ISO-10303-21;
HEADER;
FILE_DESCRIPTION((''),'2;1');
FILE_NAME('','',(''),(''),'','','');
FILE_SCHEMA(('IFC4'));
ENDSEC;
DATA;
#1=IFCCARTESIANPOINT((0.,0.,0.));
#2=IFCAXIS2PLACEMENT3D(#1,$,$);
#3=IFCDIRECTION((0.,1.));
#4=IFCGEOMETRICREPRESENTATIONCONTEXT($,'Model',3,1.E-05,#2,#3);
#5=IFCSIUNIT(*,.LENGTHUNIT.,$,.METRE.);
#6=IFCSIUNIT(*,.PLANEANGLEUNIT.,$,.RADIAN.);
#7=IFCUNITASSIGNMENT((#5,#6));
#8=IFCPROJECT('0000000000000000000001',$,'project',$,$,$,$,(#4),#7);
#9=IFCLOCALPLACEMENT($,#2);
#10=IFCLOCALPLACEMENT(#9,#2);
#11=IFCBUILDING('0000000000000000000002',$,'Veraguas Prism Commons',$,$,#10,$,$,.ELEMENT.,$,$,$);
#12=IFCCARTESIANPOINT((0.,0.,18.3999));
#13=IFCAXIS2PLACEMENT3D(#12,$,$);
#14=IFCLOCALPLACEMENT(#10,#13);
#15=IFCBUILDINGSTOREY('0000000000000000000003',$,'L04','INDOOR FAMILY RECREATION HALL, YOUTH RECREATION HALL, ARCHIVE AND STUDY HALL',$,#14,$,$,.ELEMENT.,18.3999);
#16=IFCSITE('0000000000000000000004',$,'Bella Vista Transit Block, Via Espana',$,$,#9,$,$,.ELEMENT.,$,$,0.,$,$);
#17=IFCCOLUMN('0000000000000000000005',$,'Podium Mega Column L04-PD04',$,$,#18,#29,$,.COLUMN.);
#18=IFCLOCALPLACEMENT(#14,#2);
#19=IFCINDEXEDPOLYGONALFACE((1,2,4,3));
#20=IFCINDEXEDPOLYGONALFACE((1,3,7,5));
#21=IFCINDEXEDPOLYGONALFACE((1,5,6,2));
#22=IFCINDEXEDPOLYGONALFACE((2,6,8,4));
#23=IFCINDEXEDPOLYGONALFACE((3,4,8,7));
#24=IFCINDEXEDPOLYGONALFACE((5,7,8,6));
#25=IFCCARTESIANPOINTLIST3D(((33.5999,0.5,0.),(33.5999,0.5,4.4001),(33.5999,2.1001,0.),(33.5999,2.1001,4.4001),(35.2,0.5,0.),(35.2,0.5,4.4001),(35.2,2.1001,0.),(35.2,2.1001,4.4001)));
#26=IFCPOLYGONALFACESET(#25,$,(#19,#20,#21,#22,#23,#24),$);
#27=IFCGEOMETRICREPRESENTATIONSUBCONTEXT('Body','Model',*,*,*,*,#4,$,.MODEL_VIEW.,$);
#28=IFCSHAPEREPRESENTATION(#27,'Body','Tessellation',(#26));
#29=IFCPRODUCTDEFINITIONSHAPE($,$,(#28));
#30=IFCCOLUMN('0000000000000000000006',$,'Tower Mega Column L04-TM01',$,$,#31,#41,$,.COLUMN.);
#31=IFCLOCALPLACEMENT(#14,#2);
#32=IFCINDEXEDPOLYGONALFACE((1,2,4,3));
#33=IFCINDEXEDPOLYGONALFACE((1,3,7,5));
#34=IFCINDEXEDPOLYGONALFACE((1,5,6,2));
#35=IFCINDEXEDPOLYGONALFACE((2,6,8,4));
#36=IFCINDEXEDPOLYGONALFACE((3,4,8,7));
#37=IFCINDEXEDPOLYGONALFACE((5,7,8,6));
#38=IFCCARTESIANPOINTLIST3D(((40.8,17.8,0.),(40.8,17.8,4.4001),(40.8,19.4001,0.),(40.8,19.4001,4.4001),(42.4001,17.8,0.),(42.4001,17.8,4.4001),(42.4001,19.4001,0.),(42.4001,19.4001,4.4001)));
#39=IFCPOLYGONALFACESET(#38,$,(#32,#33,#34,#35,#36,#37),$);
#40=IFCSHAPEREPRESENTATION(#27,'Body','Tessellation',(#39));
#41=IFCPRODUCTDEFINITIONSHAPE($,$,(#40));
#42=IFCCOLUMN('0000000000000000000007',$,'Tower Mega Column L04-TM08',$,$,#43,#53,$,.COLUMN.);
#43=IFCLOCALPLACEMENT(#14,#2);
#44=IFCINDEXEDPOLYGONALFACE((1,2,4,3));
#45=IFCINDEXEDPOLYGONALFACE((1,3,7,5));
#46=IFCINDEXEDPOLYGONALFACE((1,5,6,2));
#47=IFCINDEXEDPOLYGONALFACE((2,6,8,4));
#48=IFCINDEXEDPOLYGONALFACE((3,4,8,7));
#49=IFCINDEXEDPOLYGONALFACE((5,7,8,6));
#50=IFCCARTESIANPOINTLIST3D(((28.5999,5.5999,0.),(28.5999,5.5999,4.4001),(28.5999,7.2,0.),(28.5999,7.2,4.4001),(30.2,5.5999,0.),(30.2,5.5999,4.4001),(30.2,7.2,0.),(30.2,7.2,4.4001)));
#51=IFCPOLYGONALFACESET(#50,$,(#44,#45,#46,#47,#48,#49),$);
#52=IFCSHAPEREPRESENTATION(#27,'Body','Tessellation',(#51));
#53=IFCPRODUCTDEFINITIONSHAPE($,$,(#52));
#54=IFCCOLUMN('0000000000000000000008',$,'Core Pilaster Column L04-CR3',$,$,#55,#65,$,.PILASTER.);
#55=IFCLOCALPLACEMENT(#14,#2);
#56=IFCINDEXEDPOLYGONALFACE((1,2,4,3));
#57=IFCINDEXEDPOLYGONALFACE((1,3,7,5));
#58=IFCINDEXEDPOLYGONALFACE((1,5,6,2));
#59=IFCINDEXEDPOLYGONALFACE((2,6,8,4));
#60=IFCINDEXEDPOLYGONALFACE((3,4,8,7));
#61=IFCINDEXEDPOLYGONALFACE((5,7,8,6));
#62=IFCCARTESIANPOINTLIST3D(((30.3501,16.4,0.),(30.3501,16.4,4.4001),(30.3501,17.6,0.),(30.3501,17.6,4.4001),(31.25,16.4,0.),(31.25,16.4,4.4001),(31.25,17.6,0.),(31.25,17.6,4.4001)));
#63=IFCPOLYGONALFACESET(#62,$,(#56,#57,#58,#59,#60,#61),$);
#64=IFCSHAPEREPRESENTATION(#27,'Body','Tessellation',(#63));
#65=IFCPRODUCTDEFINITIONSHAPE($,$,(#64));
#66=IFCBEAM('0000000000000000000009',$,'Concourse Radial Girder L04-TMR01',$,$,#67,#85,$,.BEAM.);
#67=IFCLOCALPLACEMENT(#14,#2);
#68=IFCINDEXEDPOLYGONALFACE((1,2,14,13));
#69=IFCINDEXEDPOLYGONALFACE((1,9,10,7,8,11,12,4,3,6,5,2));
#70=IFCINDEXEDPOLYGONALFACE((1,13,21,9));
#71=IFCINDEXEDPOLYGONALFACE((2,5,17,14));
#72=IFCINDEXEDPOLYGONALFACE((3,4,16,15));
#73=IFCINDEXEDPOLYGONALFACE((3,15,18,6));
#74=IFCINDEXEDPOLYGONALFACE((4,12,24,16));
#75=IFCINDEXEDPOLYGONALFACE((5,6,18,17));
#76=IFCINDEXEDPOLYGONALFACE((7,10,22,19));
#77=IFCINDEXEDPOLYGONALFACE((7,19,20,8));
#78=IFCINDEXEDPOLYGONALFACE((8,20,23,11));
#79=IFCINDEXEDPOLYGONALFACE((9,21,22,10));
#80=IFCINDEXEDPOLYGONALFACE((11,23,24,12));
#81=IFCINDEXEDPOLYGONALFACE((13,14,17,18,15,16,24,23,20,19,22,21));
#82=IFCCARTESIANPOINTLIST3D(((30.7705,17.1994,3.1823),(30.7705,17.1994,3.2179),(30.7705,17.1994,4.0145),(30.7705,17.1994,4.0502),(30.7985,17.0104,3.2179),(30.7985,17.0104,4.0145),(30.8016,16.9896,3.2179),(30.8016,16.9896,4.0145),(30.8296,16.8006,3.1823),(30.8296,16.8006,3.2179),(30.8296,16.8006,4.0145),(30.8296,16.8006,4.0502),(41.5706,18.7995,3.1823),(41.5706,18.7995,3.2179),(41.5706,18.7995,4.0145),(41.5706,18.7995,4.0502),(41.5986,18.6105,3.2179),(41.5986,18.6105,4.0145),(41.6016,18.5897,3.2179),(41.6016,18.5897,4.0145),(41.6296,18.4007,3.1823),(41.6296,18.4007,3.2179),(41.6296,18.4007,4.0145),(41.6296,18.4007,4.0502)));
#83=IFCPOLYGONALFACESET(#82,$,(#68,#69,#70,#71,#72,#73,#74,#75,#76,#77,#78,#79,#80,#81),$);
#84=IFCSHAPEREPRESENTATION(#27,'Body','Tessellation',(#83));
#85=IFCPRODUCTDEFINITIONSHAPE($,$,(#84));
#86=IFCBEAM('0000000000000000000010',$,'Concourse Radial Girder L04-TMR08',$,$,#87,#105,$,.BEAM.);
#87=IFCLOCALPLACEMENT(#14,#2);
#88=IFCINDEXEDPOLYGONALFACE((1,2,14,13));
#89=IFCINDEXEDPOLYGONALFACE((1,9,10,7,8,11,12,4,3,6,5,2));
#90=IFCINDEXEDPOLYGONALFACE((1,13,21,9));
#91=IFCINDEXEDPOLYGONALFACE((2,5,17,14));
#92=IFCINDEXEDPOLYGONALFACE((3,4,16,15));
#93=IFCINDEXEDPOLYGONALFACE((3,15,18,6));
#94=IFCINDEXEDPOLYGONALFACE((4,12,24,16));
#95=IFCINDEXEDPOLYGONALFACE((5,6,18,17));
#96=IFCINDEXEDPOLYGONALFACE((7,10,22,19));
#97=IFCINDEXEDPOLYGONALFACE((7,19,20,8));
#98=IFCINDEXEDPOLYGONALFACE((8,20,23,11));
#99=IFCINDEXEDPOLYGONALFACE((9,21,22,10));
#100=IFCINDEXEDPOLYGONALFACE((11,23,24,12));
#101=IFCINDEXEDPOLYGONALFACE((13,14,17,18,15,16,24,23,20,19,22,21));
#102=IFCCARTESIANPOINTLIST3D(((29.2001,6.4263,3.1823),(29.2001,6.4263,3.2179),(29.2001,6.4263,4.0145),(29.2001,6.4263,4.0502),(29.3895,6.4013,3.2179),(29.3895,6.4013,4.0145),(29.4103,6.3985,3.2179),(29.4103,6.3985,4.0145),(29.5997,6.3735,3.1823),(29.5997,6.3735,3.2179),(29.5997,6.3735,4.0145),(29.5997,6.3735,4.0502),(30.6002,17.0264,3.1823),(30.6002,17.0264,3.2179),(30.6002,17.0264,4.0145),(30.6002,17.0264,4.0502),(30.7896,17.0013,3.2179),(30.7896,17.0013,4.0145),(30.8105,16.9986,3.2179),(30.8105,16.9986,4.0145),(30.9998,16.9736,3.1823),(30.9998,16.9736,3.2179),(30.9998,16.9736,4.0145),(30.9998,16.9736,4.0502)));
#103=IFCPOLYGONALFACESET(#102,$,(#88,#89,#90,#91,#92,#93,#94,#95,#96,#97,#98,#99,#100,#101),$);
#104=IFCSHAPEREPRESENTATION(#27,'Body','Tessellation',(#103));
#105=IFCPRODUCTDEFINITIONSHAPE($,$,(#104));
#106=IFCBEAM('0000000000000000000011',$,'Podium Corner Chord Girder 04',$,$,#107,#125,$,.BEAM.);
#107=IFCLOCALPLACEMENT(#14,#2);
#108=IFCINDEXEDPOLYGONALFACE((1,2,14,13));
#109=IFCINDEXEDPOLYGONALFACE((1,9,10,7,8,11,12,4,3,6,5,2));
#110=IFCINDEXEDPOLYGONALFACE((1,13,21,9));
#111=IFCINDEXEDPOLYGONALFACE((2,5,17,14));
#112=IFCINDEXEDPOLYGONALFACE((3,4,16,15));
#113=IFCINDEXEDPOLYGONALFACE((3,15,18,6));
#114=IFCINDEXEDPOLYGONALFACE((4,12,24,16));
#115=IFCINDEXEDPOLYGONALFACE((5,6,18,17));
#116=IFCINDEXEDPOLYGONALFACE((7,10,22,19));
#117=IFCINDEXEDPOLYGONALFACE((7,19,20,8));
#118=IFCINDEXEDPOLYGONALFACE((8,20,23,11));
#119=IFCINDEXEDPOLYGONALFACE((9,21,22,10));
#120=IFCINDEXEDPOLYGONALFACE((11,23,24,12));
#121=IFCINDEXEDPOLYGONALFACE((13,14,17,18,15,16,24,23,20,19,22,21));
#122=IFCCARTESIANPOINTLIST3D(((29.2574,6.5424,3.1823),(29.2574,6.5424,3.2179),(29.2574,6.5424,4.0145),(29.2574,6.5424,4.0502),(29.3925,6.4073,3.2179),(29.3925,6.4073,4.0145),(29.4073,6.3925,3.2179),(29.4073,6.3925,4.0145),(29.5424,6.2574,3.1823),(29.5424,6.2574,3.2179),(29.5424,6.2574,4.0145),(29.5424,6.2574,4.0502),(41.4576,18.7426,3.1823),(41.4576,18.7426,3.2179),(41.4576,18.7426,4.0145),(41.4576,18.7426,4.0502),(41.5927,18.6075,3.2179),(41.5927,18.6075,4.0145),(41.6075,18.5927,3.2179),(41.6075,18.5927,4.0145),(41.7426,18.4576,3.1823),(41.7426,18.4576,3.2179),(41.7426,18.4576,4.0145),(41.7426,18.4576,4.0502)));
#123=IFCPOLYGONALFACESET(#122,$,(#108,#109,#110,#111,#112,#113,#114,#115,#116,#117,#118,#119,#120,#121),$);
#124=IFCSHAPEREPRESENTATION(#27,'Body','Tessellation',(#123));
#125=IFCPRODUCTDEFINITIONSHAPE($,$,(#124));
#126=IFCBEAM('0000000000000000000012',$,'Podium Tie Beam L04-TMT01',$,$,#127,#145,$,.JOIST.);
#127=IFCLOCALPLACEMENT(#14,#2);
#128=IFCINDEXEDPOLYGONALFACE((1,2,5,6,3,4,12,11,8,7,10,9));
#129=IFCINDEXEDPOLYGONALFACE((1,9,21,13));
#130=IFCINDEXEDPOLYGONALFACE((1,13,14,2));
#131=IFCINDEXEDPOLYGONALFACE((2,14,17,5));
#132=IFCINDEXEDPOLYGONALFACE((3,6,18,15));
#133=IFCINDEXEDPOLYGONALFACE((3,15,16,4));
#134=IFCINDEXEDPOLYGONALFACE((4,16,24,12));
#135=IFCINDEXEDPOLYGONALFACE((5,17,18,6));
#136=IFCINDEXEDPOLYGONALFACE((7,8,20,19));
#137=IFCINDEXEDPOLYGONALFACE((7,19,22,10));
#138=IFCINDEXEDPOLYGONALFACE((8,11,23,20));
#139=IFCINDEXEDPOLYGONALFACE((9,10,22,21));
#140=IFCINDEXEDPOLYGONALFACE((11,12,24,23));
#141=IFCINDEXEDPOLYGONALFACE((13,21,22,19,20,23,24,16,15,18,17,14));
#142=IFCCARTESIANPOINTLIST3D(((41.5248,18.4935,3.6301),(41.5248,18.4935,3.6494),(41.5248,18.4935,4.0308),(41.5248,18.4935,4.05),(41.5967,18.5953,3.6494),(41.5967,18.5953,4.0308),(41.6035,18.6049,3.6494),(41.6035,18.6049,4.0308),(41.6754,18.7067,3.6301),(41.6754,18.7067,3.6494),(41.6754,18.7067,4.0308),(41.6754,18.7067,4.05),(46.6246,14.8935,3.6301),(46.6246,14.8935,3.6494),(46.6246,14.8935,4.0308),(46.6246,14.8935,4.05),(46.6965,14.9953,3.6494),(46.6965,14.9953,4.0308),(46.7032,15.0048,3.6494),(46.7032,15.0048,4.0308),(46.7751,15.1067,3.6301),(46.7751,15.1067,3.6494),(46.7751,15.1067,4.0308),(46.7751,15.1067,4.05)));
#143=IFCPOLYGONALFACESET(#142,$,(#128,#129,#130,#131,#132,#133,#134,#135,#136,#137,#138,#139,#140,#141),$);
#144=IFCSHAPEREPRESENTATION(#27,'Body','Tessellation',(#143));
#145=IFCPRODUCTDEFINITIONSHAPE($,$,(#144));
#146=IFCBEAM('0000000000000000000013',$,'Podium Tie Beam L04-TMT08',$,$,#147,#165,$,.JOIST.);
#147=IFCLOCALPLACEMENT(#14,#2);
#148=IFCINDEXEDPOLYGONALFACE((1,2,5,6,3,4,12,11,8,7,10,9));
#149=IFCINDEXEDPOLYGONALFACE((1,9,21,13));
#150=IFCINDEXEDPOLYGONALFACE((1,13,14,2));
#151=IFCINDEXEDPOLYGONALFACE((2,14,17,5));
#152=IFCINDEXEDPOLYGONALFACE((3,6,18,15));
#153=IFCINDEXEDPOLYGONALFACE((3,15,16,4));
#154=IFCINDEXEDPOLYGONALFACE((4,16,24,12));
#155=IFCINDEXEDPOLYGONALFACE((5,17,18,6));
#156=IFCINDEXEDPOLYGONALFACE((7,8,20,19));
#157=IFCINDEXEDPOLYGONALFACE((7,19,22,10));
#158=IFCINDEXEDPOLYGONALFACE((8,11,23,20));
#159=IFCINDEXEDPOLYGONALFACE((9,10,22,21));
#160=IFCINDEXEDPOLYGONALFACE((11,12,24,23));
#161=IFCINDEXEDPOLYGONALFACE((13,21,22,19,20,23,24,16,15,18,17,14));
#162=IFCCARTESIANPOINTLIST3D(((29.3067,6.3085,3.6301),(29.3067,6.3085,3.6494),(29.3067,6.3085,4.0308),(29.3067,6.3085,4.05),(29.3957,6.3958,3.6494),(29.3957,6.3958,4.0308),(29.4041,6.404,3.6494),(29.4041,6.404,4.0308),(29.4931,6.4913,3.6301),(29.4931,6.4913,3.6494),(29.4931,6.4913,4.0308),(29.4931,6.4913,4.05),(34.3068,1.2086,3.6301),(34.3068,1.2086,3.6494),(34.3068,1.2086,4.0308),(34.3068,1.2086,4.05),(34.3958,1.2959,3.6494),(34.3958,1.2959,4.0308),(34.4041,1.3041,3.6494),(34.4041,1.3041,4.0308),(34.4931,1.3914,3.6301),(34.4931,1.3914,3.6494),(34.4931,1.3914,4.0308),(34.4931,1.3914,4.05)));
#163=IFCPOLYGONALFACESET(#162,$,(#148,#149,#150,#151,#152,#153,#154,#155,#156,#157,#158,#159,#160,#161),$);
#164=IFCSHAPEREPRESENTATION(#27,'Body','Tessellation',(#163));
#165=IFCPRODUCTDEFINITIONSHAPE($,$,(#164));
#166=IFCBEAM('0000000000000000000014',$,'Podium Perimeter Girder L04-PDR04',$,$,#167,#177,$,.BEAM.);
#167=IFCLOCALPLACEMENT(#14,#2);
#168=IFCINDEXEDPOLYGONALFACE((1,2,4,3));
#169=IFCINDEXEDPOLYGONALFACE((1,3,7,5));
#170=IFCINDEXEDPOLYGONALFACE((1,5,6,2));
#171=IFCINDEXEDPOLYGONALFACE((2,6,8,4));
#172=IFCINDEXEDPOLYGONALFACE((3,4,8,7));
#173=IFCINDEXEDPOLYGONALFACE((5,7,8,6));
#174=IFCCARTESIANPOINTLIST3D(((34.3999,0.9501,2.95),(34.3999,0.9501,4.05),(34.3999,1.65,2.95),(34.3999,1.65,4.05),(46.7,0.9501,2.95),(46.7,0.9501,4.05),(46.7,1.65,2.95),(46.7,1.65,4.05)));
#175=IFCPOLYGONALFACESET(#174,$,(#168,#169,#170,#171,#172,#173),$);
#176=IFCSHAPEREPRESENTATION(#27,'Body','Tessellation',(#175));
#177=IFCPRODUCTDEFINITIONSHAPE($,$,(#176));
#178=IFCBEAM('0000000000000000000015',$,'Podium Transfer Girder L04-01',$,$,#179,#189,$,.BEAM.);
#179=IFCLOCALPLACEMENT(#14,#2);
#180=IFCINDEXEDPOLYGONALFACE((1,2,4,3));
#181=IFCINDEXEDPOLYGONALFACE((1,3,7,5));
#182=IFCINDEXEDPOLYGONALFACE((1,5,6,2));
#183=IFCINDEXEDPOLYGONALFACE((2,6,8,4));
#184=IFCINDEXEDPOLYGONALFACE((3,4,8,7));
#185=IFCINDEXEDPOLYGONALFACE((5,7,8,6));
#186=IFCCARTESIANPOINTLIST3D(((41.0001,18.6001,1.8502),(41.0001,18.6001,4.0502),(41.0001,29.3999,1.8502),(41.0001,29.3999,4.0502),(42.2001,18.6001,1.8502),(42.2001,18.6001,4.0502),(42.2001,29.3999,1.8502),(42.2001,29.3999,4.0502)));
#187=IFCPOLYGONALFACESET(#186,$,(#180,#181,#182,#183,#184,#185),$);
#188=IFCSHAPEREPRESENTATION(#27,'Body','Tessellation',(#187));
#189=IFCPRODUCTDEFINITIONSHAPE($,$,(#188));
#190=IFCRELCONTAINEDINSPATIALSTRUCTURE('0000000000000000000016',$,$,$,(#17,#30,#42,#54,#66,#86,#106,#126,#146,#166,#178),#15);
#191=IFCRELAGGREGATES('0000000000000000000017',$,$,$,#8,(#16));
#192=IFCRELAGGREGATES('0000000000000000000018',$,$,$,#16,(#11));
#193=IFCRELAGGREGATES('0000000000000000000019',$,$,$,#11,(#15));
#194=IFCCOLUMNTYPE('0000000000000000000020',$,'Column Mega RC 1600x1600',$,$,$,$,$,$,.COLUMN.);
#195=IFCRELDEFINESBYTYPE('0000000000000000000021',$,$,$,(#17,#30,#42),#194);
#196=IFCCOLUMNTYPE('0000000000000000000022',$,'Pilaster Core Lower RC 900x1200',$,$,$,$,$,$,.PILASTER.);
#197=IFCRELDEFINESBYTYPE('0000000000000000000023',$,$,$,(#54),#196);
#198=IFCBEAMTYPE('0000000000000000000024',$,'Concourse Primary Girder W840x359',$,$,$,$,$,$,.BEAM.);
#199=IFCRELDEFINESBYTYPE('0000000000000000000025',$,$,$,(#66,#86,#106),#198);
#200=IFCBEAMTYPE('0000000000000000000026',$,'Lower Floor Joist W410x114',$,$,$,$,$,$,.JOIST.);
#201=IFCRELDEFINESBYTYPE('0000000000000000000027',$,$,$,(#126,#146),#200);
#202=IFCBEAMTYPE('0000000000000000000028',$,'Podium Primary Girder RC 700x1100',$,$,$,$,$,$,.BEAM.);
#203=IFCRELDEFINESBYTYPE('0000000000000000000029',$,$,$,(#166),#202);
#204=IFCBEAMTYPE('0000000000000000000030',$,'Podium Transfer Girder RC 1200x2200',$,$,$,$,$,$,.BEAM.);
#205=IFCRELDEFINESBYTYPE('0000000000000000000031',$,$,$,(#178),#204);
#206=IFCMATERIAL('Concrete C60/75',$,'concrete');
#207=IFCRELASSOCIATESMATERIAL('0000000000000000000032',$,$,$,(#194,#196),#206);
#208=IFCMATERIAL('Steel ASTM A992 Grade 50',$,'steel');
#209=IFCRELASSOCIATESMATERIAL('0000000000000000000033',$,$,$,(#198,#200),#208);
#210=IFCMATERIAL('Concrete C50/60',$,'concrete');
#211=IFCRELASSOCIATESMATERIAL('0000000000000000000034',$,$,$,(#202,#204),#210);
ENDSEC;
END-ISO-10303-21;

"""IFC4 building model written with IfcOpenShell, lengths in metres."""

from ifc_helpers import new_model, si_unit, direction, frame, origin, origin_2d, place, context, subcontext, project, spatial, rectangle, i_section, extrude, material, material_profile, profile_set, type_object, element, save


model = new_model("IFC4")

# Units and contexts
model_context = context("Model", 3, precision=1e-05, world=origin(), true_north=direction((0.0, 1.0)))
body_context = subcontext(model_context, "Body", "Model", "MODEL_VIEW")
ifc_project = project(units=[si_unit("LENGTHUNIT", "METRE"), si_unit("PLANEANGLEUNIT", "RADIAN")], contexts=[model_context])

# Site, building, storey
site_placement = place(None, origin())
site = spatial("IfcSite", under=ifc_project, at=site_placement, Name="Bella Vista Transit Block, Via Espana", CompositionType="ELEMENT", RefElevation=0.0)
building_placement = place(site_placement, origin())
building = spatial("IfcBuilding", under=site, at=building_placement, Name="Veraguas Prism Commons", CompositionType="ELEMENT")
storey_placement = place(building_placement, frame((0.0, 0.0, 18.3999)))
storey = spatial("IfcBuildingStorey", under=building, at=storey_placement, Name="L04", Description="INDOOR FAMILY RECREATION HALL, YOUTH RECREATION HALL, ARCHIVE AND STUDY HALL", CompositionType="ELEMENT", Elevation=18.3999)

# Columns
ifc_material_1 = material(Name="Concrete C60/75", Category="concrete")
ifc_material_profile_1 = material_profile(ifc_material_1, rectangle(XDim=1.6001, YDim=1.6001, at=origin_2d()), Name="RC1600X1600")
ifc_profile_set_1 = profile_set([ifc_material_profile_1], Name="Concrete C60/75")
column_type_1 = type_object("IfcColumnType", Name="Column Mega RC 1600x1600", PredefinedType="COLUMN", material=ifc_profile_set_1)
for number, where, z_axis, x_axis, name in (
    (1, (34.3999, 1.3, 0.0), (0.0, 0.0, 1.0), (1.0, 0.0, 0.0), "Podium Mega Column L04-PD04"),
    (2, (41.6001, 18.6001, 0.0), (0.0, 0.0, 1.0), (1.0, 0.0, 0.0), "Tower Mega Column L04-TM01"),
    (3, (29.3999, 6.3999, 0.0), (0.0, 0.0, 1.0), (1.0, 0.0, 0.0), "Tower Mega Column L04-TM08"),
):
    element("IfcColumn", number, at=place(storey_placement, frame(where, z_axis=z_axis, x_axis=x_axis)), inside=storey, type_object=column_type_1, Name=name, PredefinedType="COLUMN", context=body_context, shape_type="SweptSolid", body=[
        extrude(rectangle(XDim=1.6001, YDim=1.6001, at=origin_2d()), origin(), (0.0, 0.0, 1.0), 4.4001),
    ])
ifc_material_profile_2 = material_profile(ifc_material_1, rectangle(XDim=0.8999, YDim=1.2, at=origin_2d()), Name="RC900X1200")
ifc_profile_set_2 = profile_set([ifc_material_profile_2], Name="Concrete C60/75")
column_type_2 = type_object("IfcColumnType", Name="Pilaster Core Lower RC 900x1200", PredefinedType="PILASTER", material=ifc_profile_set_2)
column_placement = place(storey_placement, frame((30.8, 17.0, 0.0), z_axis=(0.0, 0.0, 1.0), x_axis=(1.0, 0.0, 0.0)))
element("IfcColumn", 4, at=column_placement, inside=storey, type_object=column_type_2, Name="Core Pilaster Column L04-CR3", PredefinedType="PILASTER", context=body_context, shape_type="SweptSolid", body=[
    extrude(rectangle(XDim=0.8999, YDim=1.2, at=origin_2d()), origin(), (0.0, 0.0, 1.0), 4.4001),
])

# Beams
ifc_material_2 = material(Name="Steel ASTM A992 Grade 50", Category="steel")
ifc_material_profile_3 = material_profile(ifc_material_2, i_section(OverallWidth=0.4031, OverallDepth=0.8679, WebThickness=0.021, FlangeThickness=0.0356, at=origin_2d()), Name="W840X359")
ifc_profile_set_3 = profile_set([ifc_material_profile_3], Name="Steel ASTM A992 Grade 50")
beam_type_1 = type_object("IfcBeamType", Name="Concourse Primary Girder W840x359", PredefinedType="BEAM", material=ifc_profile_set_3)
beam_1_placement = place(storey_placement, frame((41.6001, 18.6001, 3.6162), z_axis=(-0.989202, -0.146557, 0.0), x_axis=(0.146557, -0.989202, 0.0)))
element("IfcBeam", 5, at=beam_1_placement, inside=storey, type_object=beam_type_1, Name="Concourse Radial Girder L04-TMR01", PredefinedType="BEAM", context=body_context, shape_type="SweptSolid", body=[
    extrude(i_section(OverallWidth=0.4031, OverallDepth=0.8679, WebThickness=0.021, FlangeThickness=0.0356, at=origin_2d()), origin(), (0.0, 0.0, 1.0), 10.918),
])
beam_2_placement = place(storey_placement, frame((29.3999, 6.3999, 3.6162), z_axis=(0.130951, 0.991389, 0.0), x_axis=(-0.991389, 0.130951, 0.0)))
element("IfcBeam", 6, at=beam_2_placement, inside=storey, type_object=beam_type_1, Name="Concourse Radial Girder L04-TMR08", PredefinedType="BEAM", context=body_context, shape_type="SweptSolid", body=[
    extrude(i_section(OverallWidth=0.4031, OverallDepth=0.8679, WebThickness=0.021, FlangeThickness=0.0356, at=origin_2d()), origin(), (0.0, 0.0, 1.0), 10.6921),
])
beam_3_placement = place(storey_placement, frame((29.3999, 6.3999, 3.6162), z_axis=(0.707107, 0.707107, 0.0), x_axis=(-0.707107, 0.707107, 0.0)))
element("IfcBeam", 7, at=beam_3_placement, inside=storey, type_object=beam_type_1, Name="Podium Corner Chord Girder 04", PredefinedType="BEAM", context=body_context, shape_type="SweptSolid", body=[
    extrude(i_section(OverallWidth=0.4031, OverallDepth=0.8679, WebThickness=0.021, FlangeThickness=0.0356, at=origin_2d()), origin(), (0.0, 0.0, 1.0), 17.2537),
])
ifc_material_profile_4 = material_profile(ifc_material_2, i_section(OverallWidth=0.261, OverallDepth=0.4199, WebThickness=0.0117, FlangeThickness=0.0193, at=origin_2d()), Name="W410X114")
ifc_profile_set_4 = profile_set([ifc_material_profile_4], Name="Steel ASTM A992 Grade 50")
beam_type_2 = type_object("IfcBeamType", Name="Lower Floor Joist W410x114", PredefinedType="JOIST", material=ifc_profile_set_4)
beam_4_placement = place(storey_placement, frame((41.6001, 18.6001, 3.8401), z_axis=(0.816953, -0.576705, 0.0), x_axis=(0.576705, 0.816953, 0.0)))
element("IfcBeam", 8, at=beam_4_placement, inside=storey, type_object=beam_type_2, Name="Podium Tie Beam L04-TMT01", PredefinedType="JOIST", context=body_context, shape_type="SweptSolid", body=[
    extrude(i_section(OverallWidth=0.261, OverallDepth=0.4199, WebThickness=0.0117, FlangeThickness=0.0193, at=origin_2d()), origin(), (0.0, 0.0, 1.0), 6.2424),
])
beam_5_placement = place(storey_placement, frame((29.3999, 6.3999, 3.8401), z_axis=(0.700082, -0.714063, 0.0), x_axis=(0.714063, 0.700082, 0.0)))
element("IfcBeam", 9, at=beam_5_placement, inside=storey, type_object=beam_type_2, Name="Podium Tie Beam L04-TMT08", PredefinedType="JOIST", context=body_context, shape_type="SweptSolid", body=[
    extrude(i_section(OverallWidth=0.261, OverallDepth=0.4199, WebThickness=0.0117, FlangeThickness=0.0193, at=origin_2d()), origin(), (0.0, 0.0, 1.0), 7.1421),
])
ifc_material_3 = material(Name="Concrete C50/60", Category="concrete")
ifc_material_profile_5 = material_profile(ifc_material_3, rectangle(XDim=0.7, YDim=1.1001, at=origin_2d()), Name="RC700X1100")
ifc_profile_set_5 = profile_set([ifc_material_profile_5], Name="Concrete C50/60")
beam_type_3 = type_object("IfcBeamType", Name="Podium Primary Girder RC 700x1100", PredefinedType="BEAM", material=ifc_profile_set_5)
beam_6_placement = place(storey_placement, frame((34.3999, 1.3, 3.5), z_axis=(1.0, 0.0, 0.0), x_axis=(0.0, 1.0, 0.0)))
element("IfcBeam", 10, at=beam_6_placement, inside=storey, type_object=beam_type_3, Name="Podium Perimeter Girder L04-PDR04", PredefinedType="BEAM", context=body_context, shape_type="SweptSolid", body=[
    extrude(rectangle(XDim=0.7, YDim=1.1001, at=origin_2d()), origin(), (0.0, 0.0, 1.0), 12.3),
])
ifc_material_profile_6 = material_profile(ifc_material_3, rectangle(XDim=1.2, YDim=2.2, at=origin_2d()), Name="RC1200X2200")
ifc_profile_set_6 = profile_set([ifc_material_profile_6], Name="Concrete C50/60")
beam_type_4 = type_object("IfcBeamType", Name="Podium Transfer Girder RC 1200x2200", PredefinedType="BEAM", material=ifc_profile_set_6)
beam_7_placement = place(storey_placement, frame((41.6001, 18.6001, 2.9502), z_axis=(0.0, 1.0, 0.0), x_axis=(-1.0, 0.0, 0.0)))
element("IfcBeam", 11, at=beam_7_placement, inside=storey, type_object=beam_type_4, Name="Podium Transfer Girder L04-01", PredefinedType="BEAM", context=body_context, shape_type="SweptSolid", body=[
    extrude(rectangle(XDim=1.2, YDim=2.2, at=origin_2d()), origin(), (0.0, 0.0, 1.0), 10.7998),
])

save(model, "model.ifc")
